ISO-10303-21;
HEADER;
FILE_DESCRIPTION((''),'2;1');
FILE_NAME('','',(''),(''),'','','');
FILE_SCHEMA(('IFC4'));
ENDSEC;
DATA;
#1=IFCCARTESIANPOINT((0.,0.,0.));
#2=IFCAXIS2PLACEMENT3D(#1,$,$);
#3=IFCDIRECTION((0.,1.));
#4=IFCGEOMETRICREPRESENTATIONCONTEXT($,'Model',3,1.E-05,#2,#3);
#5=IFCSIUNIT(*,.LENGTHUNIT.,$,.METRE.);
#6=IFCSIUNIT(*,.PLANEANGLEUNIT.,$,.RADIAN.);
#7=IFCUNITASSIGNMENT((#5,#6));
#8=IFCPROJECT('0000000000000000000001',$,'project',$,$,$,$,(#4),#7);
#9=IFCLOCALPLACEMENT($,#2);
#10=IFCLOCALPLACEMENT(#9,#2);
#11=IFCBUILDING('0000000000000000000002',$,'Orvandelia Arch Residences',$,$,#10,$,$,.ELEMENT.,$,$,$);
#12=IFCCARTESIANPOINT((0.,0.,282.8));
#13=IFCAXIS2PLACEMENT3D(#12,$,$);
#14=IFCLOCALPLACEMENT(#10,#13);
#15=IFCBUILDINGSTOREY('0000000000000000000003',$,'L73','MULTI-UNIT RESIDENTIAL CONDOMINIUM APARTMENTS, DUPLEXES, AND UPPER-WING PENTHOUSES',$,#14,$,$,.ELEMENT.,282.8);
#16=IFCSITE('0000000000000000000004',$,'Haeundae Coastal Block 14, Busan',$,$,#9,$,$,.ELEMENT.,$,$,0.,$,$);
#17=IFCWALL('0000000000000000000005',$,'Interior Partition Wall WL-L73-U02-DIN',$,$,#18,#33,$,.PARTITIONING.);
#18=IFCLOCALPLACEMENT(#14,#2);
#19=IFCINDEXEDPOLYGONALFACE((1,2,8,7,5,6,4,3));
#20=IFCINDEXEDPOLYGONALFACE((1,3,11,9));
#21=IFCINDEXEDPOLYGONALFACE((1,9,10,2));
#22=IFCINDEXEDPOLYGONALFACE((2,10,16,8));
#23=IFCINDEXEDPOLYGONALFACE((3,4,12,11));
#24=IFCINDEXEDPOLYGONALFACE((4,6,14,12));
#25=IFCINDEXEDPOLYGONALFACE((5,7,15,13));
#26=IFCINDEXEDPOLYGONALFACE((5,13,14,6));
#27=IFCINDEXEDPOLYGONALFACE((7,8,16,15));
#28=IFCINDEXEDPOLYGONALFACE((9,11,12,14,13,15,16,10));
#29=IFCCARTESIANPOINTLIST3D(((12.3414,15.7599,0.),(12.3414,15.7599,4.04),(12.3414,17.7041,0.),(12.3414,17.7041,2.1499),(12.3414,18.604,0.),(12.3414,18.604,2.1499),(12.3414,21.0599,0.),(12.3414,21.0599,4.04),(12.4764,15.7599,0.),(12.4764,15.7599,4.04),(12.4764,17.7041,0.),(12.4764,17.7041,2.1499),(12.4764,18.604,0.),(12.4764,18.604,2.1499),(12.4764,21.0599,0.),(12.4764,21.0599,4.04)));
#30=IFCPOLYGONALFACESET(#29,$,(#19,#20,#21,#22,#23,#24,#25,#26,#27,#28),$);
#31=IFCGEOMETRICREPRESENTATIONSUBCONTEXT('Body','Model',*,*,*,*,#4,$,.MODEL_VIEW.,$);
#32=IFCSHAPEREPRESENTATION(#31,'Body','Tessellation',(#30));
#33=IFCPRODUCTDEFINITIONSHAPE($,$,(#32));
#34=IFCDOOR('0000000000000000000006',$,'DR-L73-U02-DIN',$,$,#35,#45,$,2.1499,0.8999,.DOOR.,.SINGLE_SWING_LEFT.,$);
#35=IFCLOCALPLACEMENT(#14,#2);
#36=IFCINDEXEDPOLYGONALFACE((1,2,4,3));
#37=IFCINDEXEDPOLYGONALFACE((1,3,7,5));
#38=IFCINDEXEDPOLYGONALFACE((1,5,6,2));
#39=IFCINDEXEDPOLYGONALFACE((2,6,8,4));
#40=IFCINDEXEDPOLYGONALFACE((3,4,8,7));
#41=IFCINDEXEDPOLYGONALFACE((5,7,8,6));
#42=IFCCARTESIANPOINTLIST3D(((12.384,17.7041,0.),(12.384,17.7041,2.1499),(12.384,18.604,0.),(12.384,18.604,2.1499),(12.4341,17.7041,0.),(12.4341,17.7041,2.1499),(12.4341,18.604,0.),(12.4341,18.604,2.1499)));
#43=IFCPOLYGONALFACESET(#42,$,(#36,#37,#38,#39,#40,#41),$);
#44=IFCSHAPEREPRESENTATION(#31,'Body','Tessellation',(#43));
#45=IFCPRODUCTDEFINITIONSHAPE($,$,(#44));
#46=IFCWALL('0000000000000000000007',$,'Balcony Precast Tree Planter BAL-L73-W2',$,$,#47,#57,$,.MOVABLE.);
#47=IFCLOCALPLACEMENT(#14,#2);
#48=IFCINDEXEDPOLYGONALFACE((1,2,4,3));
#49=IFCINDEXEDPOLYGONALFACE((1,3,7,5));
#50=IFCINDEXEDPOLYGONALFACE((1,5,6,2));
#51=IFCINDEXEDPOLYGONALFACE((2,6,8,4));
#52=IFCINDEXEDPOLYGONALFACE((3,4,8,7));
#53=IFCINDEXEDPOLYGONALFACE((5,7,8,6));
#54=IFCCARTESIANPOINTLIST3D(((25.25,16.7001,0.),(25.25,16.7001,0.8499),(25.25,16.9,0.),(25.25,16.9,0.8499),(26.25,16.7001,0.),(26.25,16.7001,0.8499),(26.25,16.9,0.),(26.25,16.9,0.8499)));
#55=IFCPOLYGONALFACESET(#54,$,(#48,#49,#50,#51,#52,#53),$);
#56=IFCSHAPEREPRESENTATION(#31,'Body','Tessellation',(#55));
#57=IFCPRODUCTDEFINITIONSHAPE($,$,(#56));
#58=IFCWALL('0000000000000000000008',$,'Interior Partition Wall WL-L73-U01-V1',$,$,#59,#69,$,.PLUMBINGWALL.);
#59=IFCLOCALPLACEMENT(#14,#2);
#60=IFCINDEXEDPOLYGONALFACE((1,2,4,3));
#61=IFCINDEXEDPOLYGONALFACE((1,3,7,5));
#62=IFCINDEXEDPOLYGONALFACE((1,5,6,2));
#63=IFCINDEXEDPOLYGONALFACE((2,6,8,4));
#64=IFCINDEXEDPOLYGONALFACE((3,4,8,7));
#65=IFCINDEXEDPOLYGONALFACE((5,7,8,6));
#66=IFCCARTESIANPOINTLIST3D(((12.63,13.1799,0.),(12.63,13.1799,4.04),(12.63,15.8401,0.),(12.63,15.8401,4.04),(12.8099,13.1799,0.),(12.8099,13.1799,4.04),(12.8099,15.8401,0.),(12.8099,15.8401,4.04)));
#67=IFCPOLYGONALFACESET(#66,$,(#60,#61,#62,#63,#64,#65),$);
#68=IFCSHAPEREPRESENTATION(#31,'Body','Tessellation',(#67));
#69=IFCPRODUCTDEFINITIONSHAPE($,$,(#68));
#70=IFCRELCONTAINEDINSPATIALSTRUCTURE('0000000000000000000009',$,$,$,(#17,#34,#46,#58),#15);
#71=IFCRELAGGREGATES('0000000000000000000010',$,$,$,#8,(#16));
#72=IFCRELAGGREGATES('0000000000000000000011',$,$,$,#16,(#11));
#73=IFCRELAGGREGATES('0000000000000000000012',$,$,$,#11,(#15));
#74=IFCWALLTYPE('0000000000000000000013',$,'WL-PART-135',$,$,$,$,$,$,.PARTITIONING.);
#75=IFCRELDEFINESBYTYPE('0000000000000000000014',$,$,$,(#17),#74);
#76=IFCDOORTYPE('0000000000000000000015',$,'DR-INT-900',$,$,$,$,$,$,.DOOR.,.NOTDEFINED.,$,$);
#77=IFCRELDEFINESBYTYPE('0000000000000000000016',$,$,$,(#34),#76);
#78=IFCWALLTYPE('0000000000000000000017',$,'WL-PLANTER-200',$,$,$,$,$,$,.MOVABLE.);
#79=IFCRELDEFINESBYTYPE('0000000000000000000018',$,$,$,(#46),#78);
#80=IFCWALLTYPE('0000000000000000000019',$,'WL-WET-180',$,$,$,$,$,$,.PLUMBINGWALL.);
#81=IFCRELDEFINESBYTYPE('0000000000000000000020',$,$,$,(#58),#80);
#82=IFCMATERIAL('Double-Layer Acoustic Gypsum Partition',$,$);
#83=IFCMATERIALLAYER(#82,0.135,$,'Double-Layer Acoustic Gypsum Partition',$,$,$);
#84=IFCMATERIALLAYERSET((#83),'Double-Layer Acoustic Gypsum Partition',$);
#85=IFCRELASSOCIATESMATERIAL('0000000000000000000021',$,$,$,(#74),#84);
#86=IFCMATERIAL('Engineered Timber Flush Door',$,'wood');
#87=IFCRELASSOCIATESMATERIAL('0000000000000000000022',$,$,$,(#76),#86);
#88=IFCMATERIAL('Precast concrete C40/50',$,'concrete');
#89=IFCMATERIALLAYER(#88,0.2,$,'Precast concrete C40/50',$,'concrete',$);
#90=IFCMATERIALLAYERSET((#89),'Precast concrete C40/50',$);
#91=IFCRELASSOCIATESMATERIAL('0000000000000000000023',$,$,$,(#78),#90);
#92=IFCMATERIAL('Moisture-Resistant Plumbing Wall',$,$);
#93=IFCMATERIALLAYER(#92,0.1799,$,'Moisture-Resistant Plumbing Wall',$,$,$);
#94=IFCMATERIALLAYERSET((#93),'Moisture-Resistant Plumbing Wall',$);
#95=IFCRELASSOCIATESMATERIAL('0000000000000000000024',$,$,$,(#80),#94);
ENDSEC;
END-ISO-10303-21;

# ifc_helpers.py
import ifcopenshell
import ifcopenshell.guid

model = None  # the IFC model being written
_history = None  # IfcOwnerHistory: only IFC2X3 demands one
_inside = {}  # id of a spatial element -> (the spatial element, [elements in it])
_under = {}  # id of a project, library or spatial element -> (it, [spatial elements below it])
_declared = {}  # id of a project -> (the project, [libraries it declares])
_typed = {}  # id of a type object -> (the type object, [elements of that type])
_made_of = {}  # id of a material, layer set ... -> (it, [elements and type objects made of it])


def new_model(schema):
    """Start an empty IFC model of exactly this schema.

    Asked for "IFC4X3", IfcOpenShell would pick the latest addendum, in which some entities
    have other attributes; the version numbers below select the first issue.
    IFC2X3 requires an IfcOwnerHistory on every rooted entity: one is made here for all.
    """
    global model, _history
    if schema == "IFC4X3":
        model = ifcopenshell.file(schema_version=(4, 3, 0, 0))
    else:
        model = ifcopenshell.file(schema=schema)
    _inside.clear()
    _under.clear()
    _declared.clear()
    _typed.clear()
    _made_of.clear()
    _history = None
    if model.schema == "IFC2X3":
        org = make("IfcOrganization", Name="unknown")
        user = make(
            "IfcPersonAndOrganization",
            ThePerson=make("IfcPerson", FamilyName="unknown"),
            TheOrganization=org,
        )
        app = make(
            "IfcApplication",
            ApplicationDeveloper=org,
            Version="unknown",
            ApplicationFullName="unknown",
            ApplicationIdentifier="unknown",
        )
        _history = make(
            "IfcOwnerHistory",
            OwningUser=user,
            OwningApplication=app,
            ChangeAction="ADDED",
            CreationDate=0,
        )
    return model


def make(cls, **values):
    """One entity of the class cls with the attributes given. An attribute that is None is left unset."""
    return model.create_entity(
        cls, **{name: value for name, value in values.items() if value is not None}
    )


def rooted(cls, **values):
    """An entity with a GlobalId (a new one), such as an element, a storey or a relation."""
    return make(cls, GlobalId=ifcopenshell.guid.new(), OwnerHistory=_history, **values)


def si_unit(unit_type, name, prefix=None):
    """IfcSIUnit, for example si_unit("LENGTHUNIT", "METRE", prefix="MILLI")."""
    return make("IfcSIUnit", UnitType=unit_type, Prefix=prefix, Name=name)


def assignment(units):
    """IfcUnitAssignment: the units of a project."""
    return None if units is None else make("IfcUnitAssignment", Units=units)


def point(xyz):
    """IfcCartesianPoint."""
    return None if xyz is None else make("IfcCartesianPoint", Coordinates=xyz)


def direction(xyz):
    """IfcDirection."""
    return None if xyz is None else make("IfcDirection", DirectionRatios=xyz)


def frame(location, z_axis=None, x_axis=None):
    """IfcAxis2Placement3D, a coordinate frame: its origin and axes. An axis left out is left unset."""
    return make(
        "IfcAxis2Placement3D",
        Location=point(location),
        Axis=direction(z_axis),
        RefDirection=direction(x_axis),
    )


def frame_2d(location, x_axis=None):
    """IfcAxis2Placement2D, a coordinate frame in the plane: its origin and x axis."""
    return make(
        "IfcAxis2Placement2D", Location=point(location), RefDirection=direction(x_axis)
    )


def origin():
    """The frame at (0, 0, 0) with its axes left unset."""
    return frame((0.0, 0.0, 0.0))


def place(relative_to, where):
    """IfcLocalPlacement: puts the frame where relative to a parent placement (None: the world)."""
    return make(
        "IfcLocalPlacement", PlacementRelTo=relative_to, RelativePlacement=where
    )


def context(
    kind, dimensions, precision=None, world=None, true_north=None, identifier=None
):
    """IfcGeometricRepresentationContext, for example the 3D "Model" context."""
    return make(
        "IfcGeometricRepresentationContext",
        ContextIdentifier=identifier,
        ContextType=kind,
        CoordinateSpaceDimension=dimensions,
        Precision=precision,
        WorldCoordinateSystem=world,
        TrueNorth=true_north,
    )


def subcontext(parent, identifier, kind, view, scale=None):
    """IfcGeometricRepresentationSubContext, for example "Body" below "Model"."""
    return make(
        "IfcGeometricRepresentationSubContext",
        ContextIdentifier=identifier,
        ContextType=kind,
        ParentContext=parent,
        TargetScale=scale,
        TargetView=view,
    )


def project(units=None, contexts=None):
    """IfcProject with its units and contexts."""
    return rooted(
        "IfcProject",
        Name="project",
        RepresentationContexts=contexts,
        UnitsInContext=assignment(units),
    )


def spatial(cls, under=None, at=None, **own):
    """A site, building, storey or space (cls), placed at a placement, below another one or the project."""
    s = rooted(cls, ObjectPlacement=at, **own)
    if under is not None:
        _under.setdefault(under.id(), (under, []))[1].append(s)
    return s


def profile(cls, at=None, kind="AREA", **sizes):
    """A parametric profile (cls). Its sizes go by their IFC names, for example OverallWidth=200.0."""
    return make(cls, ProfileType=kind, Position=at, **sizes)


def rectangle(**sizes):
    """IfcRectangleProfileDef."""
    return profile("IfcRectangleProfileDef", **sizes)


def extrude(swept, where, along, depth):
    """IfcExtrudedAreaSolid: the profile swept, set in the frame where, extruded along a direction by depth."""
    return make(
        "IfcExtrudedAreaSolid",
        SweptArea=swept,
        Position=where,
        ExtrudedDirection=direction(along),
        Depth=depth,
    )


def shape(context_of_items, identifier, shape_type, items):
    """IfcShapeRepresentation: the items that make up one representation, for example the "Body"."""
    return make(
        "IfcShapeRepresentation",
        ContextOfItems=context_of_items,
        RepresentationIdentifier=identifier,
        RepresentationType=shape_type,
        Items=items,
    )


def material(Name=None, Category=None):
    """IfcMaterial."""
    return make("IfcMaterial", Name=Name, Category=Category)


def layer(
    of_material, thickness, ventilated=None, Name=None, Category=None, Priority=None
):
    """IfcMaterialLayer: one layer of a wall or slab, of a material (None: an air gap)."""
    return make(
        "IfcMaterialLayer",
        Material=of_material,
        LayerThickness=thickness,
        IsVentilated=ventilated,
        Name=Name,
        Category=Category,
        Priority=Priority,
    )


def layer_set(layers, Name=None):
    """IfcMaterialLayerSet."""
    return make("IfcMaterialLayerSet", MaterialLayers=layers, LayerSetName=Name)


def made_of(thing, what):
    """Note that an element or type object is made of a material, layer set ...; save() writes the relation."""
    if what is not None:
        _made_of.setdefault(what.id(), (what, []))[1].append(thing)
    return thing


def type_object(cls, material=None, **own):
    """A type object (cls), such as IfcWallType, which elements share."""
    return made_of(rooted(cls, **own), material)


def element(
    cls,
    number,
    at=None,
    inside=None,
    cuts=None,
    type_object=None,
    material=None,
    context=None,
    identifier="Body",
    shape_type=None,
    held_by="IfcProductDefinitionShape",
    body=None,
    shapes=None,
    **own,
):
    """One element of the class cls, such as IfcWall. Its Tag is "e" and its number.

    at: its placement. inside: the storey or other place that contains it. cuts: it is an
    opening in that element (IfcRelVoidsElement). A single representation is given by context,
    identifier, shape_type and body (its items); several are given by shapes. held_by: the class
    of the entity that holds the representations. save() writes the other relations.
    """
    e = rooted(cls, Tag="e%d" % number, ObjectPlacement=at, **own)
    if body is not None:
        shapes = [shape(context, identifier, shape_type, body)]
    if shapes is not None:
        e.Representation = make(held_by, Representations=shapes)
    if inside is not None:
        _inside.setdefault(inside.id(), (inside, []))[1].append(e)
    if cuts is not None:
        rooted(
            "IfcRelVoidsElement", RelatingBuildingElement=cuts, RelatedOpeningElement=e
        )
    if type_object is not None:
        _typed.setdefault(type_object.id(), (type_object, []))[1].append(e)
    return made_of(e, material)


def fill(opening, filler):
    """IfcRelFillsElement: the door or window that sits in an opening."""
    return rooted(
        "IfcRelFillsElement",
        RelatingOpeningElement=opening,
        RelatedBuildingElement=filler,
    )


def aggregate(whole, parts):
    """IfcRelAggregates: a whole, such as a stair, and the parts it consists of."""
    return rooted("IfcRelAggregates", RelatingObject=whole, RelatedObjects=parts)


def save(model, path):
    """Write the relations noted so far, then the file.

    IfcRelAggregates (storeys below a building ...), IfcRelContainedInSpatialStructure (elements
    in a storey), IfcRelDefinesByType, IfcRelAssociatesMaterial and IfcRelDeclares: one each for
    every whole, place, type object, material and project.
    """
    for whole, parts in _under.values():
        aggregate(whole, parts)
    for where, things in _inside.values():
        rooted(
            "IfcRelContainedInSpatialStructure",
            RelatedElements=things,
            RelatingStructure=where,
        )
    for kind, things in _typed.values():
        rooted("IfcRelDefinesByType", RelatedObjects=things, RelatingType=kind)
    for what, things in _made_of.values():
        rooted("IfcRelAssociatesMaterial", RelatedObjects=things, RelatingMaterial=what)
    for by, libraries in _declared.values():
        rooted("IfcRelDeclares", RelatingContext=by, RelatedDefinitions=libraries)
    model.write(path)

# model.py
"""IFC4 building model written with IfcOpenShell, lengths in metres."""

from ifc_helpers import new_model, si_unit, direction, frame, frame_2d, origin, place, context, subcontext, project, spatial, rectangle, extrude, material, layer, layer_set, type_object, element, fill, save


model = new_model("IFC4")

# Units and contexts
model_context = context("Model", 3, precision=1e-05, world=origin(), true_north=direction((0.0, 1.0)))
body_context = subcontext(model_context, "Body", "Model", "MODEL_VIEW")
ifc_project = project(units=[si_unit("LENGTHUNIT", "METRE"), si_unit("PLANEANGLEUNIT", "RADIAN")], contexts=[model_context])

# Site, building, storey
site_placement = place(None, origin())
site = spatial("IfcSite", under=ifc_project, at=site_placement, Name="Haeundae Coastal Block 14, Busan", CompositionType="ELEMENT", RefElevation=0.0)
building_placement = place(site_placement, origin())
building = spatial("IfcBuilding", under=site, at=building_placement, Name="Orvandelia Arch Residences", CompositionType="ELEMENT")
storey_placement = place(building_placement, frame((0.0, 0.0, 282.8)))
storey = spatial("IfcBuildingStorey", under=building, at=storey_placement, Name="L73", Description="MULTI-UNIT RESIDENTIAL CONDOMINIUM APARTMENTS, DUPLEXES, AND UPPER-WING PENTHOUSES", CompositionType="ELEMENT", Elevation=282.8)

# Shared definitions
ifc_material_1 = material(Name="Precast concrete C40/50", Category="concrete")

# Wall, opening, door
ifc_material_2 = material(Name="Double-Layer Acoustic Gypsum Partition")
ifc_layer_1 = layer(ifc_material_2, 0.135, Name="Double-Layer Acoustic Gypsum Partition")
ifc_layer_set_1 = layer_set([ifc_layer_1], Name="Double-Layer Acoustic Gypsum Partition")
wall_type_1 = type_object("IfcWallType", Name="WL-PART-135", PredefinedType="PARTITIONING", material=ifc_layer_set_1)
wall_1_placement = place(storey_placement, frame((12.4089, 15.76, 0.0), z_axis=(0.0, 0.0, 1.0), x_axis=(0.0, 1.0, 0.0)))
wall_1 = element("IfcWall", 1, at=wall_1_placement, inside=storey, type_object=wall_type_1, Name="Interior Partition Wall WL-L73-U02-DIN", PredefinedType="PARTITIONING", context=body_context, shape_type="SweptSolid", body=[
    extrude(rectangle(XDim=5.3, YDim=0.135, at=frame_2d((2.6499, 0.0))), origin(), (0.0, 0.0, 1.0), 4.04),
])
opening_1_placement = place(wall_1_placement, frame((1.9441, 0.0, 0.0)))
opening_1 = element("IfcOpeningElement", 2, at=opening_1_placement, cuts=wall_1, PredefinedType="OPENING", context=body_context, shape_type="SweptSolid", body=[
    extrude(rectangle(XDim=0.8999, YDim=2.1499, at=frame_2d((0.45, 1.075))), frame((0.0, 0.0776, 0.0), z_axis=(0.0, -1.0, 0.0), x_axis=(1.0, 0.0, 0.0)), (0.0, 0.0, 1.0), 0.155),
])
ifc_material_3 = material(Name="Engineered Timber Flush Door", Category="wood")
door_type_1 = type_object("IfcDoorType", Name="DR-INT-900", OperationType="NOTDEFINED", PredefinedType="DOOR", material=ifc_material_3)
door_1_placement = place(opening_1_placement, origin())
door_1 = element("IfcDoor", 3, at=door_1_placement, inside=storey, type_object=door_type_1, Name="DR-L73-U02-DIN", OperationType="SINGLE_SWING_LEFT", OverallHeight=2.1499, OverallWidth=0.8999, PredefinedType="DOOR", context=body_context, shape_type="SweptSolid", body=[
    extrude(rectangle(XDim=0.8999, YDim=2.1499, at=frame_2d((0.45, 1.075))), frame((0.0, 0.0249, 0.0), z_axis=(0.0, -1.0, 0.0), x_axis=(1.0, 0.0, 0.0)), (0.0, 0.0, 1.0), 0.05),
])
fill(opening_1, door_1)

# Walls
ifc_layer_2 = layer(ifc_material_1, 0.2, Name="Precast concrete C40/50", Category="concrete")
ifc_layer_set_2 = layer_set([ifc_layer_2], Name="Precast concrete C40/50")
wall_type_2 = type_object("IfcWallType", Name="WL-PLANTER-200", PredefinedType="MOVABLE", material=ifc_layer_set_2)
wall_2_placement = place(storey_placement, frame((25.25, 16.8, 0.0), z_axis=(0.0, 0.0, 1.0), x_axis=(1.0, 0.0, 0.0)))
element("IfcWall", 4, at=wall_2_placement, inside=storey, type_object=wall_type_2, Name="Balcony Precast Tree Planter BAL-L73-W2", PredefinedType="MOVABLE", context=body_context, shape_type="SweptSolid", body=[
    extrude(rectangle(XDim=1.0, YDim=0.2, at=frame_2d((0.5, 0.0))), origin(), (0.0, 0.0, 1.0), 0.8499),
])
ifc_material_4 = material(Name="Moisture-Resistant Plumbing Wall")
ifc_layer_3 = layer(ifc_material_4, 0.1799, Name="Moisture-Resistant Plumbing Wall")
ifc_layer_set_3 = layer_set([ifc_layer_3], Name="Moisture-Resistant Plumbing Wall")
wall_type_3 = type_object("IfcWallType", Name="WL-WET-180", PredefinedType="PLUMBINGWALL", material=ifc_layer_set_3)
wall_3_placement = place(storey_placement, frame((12.72, 13.1799, 0.0), z_axis=(0.0, 0.0, 1.0), x_axis=(0.0, 1.0, 0.0)))
element("IfcWall", 5, at=wall_3_placement, inside=storey, type_object=wall_type_3, Name="Interior Partition Wall WL-L73-U01-V1", PredefinedType="PLUMBINGWALL", context=body_context, shape_type="SweptSolid", body=[
    extrude(rectangle(XDim=2.6602, YDim=0.1799, at=frame_2d((1.3301, 0.0))), origin(), (0.0, 0.0, 1.0), 4.04),
])

save(model, "model.ifc")
